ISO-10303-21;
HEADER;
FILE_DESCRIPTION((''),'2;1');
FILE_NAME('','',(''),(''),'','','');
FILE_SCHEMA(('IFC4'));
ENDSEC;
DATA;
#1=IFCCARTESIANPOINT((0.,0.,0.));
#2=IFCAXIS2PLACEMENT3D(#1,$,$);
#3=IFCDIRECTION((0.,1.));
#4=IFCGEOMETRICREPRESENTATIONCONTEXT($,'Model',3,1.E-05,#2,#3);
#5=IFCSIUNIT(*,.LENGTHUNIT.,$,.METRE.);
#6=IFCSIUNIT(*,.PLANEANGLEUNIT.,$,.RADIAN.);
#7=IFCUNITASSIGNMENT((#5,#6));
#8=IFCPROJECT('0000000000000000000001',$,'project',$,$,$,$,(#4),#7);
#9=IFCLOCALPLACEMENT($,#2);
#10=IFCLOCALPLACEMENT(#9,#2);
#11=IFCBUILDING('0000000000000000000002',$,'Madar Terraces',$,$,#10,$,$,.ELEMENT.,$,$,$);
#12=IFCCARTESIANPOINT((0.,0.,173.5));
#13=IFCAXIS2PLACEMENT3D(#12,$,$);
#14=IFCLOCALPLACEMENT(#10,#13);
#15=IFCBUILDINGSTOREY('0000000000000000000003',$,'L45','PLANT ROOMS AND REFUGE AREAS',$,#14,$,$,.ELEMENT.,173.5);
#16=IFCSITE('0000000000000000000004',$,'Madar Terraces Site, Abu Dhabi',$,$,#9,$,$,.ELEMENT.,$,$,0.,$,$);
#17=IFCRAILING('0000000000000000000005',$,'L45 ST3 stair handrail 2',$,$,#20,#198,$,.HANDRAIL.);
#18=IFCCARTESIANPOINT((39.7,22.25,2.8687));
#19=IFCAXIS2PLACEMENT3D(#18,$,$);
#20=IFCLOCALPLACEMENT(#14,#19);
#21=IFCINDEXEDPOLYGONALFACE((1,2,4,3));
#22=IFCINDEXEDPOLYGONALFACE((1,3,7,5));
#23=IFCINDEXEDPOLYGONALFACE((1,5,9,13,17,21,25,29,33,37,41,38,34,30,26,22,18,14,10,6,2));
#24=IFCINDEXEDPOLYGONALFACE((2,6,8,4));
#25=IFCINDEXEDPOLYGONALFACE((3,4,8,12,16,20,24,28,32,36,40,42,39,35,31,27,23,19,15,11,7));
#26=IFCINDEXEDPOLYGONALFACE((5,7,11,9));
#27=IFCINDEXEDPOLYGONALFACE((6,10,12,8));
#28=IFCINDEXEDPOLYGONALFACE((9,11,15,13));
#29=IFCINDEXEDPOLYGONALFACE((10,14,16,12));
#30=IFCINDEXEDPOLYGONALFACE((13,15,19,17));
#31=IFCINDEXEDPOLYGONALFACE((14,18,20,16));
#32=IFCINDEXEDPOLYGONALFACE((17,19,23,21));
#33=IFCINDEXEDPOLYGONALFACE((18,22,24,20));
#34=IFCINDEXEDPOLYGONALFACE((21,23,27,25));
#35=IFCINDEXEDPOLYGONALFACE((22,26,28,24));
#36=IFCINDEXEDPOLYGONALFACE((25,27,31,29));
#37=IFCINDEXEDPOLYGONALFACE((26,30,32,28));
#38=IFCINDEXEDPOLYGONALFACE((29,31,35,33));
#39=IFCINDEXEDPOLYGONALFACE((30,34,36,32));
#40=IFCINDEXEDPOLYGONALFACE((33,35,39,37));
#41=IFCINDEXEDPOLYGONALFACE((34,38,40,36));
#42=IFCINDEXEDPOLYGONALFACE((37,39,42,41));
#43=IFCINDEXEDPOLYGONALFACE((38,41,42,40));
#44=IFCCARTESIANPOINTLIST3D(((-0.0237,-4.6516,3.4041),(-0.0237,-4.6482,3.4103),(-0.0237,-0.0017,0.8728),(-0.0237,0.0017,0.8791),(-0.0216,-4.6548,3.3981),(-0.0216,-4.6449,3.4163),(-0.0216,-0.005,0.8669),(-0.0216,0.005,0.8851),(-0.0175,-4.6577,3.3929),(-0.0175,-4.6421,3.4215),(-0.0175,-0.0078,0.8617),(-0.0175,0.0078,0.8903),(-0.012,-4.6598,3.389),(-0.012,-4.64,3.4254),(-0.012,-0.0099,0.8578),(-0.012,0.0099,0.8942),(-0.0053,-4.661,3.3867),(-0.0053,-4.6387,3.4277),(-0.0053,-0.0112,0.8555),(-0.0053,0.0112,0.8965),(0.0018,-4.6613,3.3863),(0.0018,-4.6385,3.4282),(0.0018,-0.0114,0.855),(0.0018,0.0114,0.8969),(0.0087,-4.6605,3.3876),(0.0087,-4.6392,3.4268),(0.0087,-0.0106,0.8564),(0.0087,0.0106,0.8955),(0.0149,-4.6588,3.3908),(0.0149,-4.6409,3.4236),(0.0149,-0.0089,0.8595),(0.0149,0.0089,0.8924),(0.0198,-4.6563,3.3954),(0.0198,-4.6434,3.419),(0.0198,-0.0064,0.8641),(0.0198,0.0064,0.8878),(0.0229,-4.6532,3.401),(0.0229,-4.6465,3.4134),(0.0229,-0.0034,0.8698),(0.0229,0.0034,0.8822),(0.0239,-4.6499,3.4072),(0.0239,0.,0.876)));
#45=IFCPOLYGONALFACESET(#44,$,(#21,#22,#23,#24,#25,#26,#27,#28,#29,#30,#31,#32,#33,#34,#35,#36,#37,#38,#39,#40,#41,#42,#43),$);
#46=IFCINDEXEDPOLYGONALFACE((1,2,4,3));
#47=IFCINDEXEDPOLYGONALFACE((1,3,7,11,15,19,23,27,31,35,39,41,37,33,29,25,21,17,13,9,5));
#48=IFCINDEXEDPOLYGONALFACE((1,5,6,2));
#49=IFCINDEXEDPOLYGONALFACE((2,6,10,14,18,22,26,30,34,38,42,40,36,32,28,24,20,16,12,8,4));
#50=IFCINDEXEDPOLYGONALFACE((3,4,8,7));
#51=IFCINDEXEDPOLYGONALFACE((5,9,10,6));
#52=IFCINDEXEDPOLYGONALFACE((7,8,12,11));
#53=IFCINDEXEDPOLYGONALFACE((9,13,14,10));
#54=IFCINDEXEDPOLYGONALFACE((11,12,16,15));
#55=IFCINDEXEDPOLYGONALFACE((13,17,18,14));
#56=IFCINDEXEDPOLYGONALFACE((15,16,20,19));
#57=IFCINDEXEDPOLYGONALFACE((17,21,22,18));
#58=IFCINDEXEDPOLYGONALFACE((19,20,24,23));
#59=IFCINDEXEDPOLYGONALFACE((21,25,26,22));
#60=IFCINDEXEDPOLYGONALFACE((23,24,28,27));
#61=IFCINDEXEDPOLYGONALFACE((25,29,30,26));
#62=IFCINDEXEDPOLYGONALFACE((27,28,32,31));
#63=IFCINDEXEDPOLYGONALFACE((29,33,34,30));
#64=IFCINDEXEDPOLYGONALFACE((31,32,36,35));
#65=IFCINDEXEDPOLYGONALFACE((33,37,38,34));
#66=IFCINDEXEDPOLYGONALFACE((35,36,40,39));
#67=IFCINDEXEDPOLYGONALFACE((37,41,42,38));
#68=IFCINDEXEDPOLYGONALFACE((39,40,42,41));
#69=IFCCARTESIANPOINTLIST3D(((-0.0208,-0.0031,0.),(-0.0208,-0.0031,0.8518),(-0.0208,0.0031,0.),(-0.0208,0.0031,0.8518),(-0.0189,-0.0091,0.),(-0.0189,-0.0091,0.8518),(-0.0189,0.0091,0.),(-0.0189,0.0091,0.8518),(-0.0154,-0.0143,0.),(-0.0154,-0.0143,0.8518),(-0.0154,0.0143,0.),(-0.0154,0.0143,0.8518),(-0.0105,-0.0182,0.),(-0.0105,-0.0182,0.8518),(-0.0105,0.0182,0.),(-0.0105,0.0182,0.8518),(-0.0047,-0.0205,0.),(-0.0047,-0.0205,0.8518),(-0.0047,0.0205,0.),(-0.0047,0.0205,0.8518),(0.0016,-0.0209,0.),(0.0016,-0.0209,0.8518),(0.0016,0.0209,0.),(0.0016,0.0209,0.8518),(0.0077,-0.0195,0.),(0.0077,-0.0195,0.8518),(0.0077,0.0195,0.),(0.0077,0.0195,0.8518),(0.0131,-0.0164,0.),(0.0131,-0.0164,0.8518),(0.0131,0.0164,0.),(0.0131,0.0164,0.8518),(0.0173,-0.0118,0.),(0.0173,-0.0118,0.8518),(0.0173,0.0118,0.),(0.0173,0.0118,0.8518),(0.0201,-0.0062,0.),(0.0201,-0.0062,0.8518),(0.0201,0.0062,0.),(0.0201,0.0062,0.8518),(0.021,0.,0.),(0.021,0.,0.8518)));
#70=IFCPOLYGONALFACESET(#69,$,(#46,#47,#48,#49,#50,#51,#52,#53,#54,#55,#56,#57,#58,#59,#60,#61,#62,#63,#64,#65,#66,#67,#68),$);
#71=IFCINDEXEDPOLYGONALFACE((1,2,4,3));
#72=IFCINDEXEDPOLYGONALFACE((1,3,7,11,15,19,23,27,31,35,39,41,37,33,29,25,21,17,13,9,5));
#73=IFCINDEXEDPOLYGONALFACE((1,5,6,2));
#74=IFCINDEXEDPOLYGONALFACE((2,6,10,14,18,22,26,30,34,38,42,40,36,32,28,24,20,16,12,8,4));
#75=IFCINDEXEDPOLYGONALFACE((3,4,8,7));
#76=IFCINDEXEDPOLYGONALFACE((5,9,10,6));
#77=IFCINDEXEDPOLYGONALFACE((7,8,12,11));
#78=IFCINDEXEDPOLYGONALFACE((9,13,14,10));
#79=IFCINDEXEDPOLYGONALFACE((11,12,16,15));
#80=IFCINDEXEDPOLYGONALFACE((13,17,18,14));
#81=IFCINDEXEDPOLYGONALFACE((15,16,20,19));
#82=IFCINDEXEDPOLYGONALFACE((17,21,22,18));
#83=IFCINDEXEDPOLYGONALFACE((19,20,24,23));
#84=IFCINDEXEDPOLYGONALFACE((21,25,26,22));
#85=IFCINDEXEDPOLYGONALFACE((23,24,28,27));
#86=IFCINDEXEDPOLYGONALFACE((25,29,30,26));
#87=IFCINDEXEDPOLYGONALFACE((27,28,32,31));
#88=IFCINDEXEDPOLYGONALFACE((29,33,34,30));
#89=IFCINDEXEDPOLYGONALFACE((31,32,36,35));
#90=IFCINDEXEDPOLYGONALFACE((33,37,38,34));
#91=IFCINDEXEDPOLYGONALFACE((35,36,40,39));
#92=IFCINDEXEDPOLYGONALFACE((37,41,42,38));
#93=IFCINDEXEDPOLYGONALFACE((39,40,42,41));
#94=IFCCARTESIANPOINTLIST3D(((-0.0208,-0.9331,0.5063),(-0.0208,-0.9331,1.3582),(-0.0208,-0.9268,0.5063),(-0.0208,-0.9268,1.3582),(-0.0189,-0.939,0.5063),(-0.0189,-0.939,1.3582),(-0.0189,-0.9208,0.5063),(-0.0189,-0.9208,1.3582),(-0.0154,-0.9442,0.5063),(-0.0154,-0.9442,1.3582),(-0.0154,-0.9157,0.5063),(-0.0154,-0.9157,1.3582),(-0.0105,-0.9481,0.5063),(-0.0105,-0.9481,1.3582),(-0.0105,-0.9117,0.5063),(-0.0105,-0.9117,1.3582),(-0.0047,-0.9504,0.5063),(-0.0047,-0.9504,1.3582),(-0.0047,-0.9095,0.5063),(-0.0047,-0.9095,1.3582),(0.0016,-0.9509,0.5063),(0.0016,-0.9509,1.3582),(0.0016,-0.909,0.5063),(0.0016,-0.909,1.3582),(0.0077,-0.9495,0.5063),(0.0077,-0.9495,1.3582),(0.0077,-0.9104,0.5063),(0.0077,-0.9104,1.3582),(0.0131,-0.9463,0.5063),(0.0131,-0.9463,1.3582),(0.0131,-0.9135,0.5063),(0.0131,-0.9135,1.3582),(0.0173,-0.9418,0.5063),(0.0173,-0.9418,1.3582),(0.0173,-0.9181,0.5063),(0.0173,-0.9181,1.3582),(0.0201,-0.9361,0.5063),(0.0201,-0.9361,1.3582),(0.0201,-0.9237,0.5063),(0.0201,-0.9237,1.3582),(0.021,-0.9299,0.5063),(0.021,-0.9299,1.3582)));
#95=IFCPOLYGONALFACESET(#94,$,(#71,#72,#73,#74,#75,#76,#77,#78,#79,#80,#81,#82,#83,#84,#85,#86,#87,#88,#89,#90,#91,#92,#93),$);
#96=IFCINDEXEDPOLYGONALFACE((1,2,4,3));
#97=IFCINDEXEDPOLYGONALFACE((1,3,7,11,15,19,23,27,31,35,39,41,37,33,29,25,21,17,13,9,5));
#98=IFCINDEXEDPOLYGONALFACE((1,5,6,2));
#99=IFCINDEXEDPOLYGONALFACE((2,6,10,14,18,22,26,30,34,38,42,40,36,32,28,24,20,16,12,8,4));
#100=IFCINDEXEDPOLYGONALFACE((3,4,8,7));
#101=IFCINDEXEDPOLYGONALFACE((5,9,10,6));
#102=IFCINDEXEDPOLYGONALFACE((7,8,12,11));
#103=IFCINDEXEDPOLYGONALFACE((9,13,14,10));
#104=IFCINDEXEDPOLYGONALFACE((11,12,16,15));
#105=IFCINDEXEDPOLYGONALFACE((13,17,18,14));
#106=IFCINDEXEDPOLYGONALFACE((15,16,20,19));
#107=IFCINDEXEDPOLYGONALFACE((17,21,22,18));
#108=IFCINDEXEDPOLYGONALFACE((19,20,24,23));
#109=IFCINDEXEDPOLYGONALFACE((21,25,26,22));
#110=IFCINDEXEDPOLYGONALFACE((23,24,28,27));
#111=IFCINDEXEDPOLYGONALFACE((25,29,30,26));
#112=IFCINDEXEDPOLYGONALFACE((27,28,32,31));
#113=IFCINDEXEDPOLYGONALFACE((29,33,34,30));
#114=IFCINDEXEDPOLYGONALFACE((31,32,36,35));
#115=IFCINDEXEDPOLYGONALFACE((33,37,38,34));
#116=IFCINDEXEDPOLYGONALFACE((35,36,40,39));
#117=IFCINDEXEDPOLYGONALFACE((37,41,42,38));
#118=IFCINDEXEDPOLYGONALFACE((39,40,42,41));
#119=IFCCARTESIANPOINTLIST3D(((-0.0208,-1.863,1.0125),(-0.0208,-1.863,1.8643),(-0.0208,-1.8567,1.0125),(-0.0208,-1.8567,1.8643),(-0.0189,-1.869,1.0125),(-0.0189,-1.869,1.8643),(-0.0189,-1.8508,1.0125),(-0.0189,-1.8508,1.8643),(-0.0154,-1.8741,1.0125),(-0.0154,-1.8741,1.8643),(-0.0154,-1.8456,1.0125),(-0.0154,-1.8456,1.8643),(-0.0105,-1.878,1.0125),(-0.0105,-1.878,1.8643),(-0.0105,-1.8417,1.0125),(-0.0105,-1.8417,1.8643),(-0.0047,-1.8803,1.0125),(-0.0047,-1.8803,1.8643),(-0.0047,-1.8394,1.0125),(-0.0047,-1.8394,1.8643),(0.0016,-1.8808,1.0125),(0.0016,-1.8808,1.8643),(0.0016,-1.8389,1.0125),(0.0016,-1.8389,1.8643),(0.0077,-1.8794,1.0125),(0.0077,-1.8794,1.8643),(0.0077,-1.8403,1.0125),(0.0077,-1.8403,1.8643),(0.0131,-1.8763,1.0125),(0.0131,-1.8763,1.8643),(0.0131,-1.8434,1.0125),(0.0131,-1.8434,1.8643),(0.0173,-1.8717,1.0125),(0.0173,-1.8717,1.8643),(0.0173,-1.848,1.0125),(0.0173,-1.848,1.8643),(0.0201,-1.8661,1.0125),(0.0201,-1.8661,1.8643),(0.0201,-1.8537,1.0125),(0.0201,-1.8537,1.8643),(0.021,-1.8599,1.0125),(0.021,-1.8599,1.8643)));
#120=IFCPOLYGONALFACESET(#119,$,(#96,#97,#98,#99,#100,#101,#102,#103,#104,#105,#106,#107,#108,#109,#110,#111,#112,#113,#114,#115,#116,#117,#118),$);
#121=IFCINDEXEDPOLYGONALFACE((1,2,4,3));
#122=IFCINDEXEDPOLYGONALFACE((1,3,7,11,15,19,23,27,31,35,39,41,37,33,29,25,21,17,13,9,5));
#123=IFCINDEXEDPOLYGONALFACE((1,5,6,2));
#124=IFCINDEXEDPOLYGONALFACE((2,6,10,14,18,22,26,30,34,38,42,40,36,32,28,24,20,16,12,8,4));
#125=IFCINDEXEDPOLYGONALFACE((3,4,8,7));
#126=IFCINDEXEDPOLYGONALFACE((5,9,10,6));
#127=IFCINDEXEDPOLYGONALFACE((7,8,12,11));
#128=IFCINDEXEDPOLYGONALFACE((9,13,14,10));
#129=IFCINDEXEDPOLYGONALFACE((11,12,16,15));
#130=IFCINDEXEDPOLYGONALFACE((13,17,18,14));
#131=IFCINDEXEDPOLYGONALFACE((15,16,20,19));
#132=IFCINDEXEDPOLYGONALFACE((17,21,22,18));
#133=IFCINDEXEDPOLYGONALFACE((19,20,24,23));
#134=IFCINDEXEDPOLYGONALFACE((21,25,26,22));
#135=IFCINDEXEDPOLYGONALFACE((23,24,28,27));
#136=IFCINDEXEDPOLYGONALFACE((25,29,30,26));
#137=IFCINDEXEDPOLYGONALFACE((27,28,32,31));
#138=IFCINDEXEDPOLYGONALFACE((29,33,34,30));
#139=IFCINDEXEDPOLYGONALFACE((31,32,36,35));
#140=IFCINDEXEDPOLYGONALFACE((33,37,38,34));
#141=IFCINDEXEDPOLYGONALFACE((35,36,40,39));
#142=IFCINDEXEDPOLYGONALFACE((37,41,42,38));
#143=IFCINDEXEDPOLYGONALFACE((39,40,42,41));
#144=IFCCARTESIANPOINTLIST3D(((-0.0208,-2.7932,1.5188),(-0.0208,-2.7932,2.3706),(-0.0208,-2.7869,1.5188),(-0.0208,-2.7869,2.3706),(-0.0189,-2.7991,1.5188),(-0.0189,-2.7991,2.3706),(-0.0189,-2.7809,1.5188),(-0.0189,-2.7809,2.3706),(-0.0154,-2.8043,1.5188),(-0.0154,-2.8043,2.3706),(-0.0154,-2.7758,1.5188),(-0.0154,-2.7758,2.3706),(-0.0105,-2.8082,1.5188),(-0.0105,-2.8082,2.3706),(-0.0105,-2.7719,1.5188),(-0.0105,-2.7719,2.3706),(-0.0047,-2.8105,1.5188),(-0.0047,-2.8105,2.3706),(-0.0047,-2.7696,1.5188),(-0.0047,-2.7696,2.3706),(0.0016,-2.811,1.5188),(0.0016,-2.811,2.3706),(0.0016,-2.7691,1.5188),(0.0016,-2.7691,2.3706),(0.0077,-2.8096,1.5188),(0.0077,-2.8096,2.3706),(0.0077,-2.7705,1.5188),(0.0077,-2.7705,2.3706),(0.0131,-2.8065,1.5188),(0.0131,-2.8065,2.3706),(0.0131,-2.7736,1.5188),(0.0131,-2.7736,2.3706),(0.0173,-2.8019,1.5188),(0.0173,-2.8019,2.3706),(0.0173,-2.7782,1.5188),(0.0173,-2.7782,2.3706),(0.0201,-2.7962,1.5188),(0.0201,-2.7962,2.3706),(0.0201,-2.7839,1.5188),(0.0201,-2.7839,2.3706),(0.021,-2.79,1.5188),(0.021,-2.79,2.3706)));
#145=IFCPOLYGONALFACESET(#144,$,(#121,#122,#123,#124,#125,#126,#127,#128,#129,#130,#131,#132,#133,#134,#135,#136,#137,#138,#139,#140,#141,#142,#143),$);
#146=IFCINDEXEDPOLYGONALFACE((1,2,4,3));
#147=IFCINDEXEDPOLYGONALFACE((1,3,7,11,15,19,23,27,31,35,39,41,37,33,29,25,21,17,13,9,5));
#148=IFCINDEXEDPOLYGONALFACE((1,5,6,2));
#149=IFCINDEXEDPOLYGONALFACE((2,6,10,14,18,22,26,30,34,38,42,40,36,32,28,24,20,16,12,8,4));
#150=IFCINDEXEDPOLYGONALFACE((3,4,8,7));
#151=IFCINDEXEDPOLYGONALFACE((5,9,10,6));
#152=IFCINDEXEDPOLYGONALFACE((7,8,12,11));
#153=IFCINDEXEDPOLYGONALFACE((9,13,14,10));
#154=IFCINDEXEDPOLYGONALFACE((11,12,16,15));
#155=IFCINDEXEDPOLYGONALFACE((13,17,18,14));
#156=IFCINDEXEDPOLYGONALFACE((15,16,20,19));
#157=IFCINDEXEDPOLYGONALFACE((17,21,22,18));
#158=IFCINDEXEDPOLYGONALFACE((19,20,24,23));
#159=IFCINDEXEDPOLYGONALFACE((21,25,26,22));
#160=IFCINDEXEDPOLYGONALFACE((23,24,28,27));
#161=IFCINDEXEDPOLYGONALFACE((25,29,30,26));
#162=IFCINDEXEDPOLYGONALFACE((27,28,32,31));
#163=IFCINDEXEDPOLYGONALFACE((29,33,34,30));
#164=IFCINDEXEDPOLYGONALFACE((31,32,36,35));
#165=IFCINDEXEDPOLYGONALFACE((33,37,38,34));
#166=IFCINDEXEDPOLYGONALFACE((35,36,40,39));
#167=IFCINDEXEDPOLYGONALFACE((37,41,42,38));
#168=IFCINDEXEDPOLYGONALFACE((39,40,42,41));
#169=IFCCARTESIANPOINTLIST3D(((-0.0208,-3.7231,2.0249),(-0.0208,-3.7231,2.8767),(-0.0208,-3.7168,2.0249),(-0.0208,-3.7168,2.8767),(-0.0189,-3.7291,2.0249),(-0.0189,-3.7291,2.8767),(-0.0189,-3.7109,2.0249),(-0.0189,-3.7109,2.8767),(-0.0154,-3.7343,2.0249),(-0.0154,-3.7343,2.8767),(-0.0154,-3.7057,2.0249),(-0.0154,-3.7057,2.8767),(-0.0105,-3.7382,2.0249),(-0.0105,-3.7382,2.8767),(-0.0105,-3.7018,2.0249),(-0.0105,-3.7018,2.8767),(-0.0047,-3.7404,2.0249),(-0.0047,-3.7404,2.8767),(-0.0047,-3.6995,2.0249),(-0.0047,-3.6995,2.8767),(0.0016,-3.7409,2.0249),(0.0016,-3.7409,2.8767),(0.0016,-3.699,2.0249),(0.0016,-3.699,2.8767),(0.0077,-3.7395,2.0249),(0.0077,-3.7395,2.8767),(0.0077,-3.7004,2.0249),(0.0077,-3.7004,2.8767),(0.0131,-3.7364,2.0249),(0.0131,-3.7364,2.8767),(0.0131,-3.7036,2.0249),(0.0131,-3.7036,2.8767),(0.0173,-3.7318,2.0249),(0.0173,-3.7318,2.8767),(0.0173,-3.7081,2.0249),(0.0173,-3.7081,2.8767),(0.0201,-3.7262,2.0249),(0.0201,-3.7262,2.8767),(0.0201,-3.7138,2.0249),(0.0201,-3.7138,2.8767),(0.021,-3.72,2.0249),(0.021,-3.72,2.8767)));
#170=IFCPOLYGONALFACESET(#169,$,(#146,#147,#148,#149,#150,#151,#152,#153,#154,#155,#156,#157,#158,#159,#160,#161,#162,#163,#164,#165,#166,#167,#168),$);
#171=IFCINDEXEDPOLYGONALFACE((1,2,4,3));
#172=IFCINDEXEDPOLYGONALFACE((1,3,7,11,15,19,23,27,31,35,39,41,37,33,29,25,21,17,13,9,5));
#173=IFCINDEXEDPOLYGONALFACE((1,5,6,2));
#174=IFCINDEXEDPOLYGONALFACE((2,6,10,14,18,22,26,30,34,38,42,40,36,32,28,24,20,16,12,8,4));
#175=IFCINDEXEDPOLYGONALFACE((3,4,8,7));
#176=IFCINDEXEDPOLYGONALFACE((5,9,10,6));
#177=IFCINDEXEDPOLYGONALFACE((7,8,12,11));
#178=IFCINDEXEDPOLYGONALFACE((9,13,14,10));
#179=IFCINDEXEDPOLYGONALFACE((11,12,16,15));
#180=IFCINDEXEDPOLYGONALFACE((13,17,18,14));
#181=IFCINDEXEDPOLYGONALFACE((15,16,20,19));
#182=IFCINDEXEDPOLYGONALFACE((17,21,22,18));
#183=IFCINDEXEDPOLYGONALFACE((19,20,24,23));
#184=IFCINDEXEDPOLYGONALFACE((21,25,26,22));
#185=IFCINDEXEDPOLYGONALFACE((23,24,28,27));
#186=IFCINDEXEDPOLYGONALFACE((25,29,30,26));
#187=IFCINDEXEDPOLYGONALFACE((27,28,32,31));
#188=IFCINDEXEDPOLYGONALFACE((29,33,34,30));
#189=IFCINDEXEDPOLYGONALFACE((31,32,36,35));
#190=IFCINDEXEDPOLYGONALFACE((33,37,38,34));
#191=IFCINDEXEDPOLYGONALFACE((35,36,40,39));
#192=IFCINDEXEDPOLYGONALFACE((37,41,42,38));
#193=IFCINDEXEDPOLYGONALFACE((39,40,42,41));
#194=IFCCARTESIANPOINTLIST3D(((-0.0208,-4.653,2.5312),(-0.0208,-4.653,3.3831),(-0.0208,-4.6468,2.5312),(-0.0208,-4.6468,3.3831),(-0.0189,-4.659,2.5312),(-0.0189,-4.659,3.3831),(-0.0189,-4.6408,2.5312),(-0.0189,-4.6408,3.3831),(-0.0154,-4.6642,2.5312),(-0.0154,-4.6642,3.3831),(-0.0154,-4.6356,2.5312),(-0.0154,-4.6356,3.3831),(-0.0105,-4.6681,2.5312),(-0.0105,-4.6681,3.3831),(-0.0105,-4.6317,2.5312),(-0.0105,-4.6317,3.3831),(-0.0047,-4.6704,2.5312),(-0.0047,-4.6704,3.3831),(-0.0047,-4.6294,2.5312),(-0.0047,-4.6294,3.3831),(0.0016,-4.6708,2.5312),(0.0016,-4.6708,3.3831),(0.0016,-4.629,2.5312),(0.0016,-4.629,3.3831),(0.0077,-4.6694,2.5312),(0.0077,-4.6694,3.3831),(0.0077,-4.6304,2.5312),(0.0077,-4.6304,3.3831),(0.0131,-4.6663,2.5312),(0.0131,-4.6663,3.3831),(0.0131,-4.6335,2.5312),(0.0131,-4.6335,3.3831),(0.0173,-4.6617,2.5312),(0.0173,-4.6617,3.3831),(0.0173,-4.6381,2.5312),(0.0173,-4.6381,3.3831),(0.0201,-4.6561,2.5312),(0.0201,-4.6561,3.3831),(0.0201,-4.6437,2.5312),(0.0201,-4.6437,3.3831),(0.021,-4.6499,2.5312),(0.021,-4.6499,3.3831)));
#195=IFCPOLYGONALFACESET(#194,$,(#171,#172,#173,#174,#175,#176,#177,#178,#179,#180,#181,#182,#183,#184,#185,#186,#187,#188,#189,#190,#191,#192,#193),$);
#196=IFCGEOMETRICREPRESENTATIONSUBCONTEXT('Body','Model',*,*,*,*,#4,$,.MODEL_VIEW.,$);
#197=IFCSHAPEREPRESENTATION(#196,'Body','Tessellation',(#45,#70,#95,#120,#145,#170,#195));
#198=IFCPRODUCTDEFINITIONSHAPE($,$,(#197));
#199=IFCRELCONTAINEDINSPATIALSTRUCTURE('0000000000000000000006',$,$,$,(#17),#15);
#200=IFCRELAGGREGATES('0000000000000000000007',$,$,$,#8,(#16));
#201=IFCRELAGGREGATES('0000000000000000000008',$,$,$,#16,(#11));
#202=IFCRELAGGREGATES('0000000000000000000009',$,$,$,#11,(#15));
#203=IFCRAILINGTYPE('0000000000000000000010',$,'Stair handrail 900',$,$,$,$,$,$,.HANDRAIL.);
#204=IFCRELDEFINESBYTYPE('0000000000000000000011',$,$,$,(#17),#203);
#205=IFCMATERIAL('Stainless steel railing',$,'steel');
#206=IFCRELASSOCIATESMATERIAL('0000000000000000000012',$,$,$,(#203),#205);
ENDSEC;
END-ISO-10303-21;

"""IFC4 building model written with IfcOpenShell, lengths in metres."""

from ifc_helpers import new_model, si_unit, direction, frame, origin, origin_2d, place, context, subcontext, project, spatial, circle, extrude, material, type_object, element, save


model = new_model("IFC4")

# Units and contexts
model_context = context("Model", 3, precision=1e-05, world=origin(), true_north=direction((0.0, 1.0)))
body_context = subcontext(model_context, "Body", "Model", "MODEL_VIEW")
ifc_project = project(units=[si_unit("LENGTHUNIT", "METRE"), si_unit("PLANEANGLEUNIT", "RADIAN")], contexts=[model_context])

# Site, building, storey
site_placement = place(None, origin())
site = spatial("IfcSite", under=ifc_project, at=site_placement, Name="Madar Terraces Site, Abu Dhabi", CompositionType="ELEMENT", RefElevation=0.0)
building_placement = place(site_placement, origin())
building = spatial("IfcBuilding", under=site, at=building_placement, Name="Madar Terraces", CompositionType="ELEMENT")
storey_placement = place(building_placement, frame((0.0, 0.0, 173.5)))
storey = spatial("IfcBuildingStorey", under=building, at=storey_placement, Name="L45", Description="PLANT ROOMS AND REFUGE AREAS", CompositionType="ELEMENT", Elevation=173.5)

# Railing
ifc_material_1 = material(Name="Stainless steel railing", Category="steel")
railing_type_1 = type_object("IfcRailingType", Name="Stair handrail 900", PredefinedType="HANDRAIL", material=ifc_material_1)
railing_1_placement = place(storey_placement, frame((39.7, 22.25, 2.8687)))
element("IfcRailing", 1, at=railing_1_placement, inside=storey, type_object=railing_type_1, Name="L45 ST3 stair handrail 2", PredefinedType="HANDRAIL", context=body_context, shape_type="SweptSolid", body=[
    extrude(circle(Radius=0.0239, at=origin_2d()), frame((0.0, 0.0, 0.876), z_axis=(0.0, -0.878297, 0.478115), x_axis=(1.0, 0.0, 0.0)), (0.0, 0.0, 1.0), 5.2942),
    extrude(circle(Radius=0.021, at=origin_2d()), origin(), (0.0, 0.0, 1.0), 0.8518),
    extrude(circle(Radius=0.021, at=origin_2d()), frame((0.0, -0.9299, 0.5063)), (0.0, 0.0, 1.0), 0.8518),
    extrude(circle(Radius=0.021, at=origin_2d()), frame((0.0, -1.8599, 1.0125)), (0.0, 0.0, 1.0), 0.8518),
    extrude(circle(Radius=0.021, at=origin_2d()), frame((0.0, -2.79, 1.5188)), (0.0, 0.0, 1.0), 0.8518),
    extrude(circle(Radius=0.021, at=origin_2d()), frame((0.0, -3.72, 2.0249)), (0.0, 0.0, 1.0), 0.8518),
    extrude(circle(Radius=0.021, at=origin_2d()), frame((0.0, -4.6499, 2.5312)), (0.0, 0.0, 1.0), 0.8518),
])

save(model, "model.ifc")
